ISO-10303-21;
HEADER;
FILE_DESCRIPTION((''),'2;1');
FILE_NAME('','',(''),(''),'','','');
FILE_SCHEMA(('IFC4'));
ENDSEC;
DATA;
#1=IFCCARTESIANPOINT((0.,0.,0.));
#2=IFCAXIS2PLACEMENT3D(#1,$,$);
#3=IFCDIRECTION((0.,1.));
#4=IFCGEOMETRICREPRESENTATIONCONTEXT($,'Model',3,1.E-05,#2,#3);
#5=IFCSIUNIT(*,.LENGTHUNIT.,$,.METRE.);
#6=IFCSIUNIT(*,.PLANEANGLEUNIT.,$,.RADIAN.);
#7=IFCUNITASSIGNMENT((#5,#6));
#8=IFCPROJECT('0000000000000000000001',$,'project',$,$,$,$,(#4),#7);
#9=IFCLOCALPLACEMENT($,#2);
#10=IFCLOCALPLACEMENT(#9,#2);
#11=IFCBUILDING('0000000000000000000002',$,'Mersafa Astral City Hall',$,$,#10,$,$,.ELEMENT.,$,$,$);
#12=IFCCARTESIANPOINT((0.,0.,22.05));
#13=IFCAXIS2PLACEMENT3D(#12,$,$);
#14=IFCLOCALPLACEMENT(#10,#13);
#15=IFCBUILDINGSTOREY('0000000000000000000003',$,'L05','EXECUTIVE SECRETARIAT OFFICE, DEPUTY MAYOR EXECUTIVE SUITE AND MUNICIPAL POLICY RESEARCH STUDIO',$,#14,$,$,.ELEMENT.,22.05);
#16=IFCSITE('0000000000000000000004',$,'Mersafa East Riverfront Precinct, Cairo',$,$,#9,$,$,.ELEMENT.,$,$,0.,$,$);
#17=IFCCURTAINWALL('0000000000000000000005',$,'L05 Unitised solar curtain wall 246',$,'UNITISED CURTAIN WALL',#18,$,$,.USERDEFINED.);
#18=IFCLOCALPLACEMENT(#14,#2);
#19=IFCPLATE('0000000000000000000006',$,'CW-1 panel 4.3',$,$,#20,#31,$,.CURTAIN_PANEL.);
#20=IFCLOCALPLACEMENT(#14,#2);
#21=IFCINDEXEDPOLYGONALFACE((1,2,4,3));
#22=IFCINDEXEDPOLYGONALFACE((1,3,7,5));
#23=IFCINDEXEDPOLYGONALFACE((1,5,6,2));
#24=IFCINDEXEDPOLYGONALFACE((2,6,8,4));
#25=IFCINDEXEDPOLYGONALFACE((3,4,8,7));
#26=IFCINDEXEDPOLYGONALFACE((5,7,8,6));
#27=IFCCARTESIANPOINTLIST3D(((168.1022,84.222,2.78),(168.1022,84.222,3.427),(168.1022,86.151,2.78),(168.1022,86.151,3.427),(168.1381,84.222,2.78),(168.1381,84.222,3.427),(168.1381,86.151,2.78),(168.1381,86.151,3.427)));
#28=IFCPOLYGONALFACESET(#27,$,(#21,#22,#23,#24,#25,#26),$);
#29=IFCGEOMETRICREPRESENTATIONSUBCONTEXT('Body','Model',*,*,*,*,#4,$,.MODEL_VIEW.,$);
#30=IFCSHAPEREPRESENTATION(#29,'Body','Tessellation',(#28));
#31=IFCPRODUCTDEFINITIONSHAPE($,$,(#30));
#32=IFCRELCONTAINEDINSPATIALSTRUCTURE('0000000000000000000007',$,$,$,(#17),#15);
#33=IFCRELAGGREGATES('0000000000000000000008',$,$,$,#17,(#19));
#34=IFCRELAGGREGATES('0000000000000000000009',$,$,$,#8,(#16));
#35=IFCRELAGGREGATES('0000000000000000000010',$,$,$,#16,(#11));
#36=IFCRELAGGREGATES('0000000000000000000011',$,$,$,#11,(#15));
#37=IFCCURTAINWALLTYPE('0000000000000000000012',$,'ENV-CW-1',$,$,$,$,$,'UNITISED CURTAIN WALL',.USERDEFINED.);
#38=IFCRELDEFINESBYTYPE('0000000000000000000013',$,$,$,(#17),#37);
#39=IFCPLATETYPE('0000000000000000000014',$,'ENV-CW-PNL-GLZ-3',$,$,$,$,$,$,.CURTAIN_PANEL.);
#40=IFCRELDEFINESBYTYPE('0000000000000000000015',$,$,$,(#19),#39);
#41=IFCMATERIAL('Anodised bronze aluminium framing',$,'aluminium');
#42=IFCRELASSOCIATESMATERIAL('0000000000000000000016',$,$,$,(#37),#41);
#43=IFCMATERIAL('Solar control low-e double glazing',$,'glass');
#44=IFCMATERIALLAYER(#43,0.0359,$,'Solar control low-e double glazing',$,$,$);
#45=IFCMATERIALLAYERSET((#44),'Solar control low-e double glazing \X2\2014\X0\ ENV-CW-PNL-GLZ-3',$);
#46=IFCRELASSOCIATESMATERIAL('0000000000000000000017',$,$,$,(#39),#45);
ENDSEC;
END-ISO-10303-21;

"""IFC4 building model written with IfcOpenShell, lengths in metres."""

from ifc_helpers import new_model, si_unit, direction, frame, origin, origin_2d, place, context, subcontext, project, spatial, rectangle, extrude, material, layer, layer_set, type_object, element, aggregate, save


model = new_model("IFC4")

# Units and contexts
model_context = context("Model", 3, precision=1e-05, world=origin(), true_north=direction((0.0, 1.0)))
body_context = subcontext(model_context, "Body", "Model", "MODEL_VIEW")
ifc_project = project(units=[si_unit("LENGTHUNIT", "METRE"), si_unit("PLANEANGLEUNIT", "RADIAN")], contexts=[model_context])

# Site, building, storey
site_placement = place(None, origin())
site = spatial("IfcSite", under=ifc_project, at=site_placement, Name="Mersafa East Riverfront Precinct, Cairo", CompositionType="ELEMENT", RefElevation=0.0)
building_placement = place(site_placement, origin())
building = spatial("IfcBuilding", under=site, at=building_placement, Name="Mersafa Astral City Hall", CompositionType="ELEMENT")
storey_placement = place(building_placement, frame((0.0, 0.0, 22.05)))
storey = spatial("IfcBuildingStorey", under=building, at=storey_placement, Name="L05", Description="EXECUTIVE SECRETARIAT OFFICE, DEPUTY MAYOR EXECUTIVE SUITE AND MUNICIPAL POLICY RESEARCH STUDIO", CompositionType="ELEMENT", Elevation=22.05)

# Curtain wall, plate
ifc_material_1 = material(Name="Anodised bronze aluminium framing", Category="aluminium")
curtain_wall_type = type_object("IfcCurtainWallType", Name="ENV-CW-1", ElementType="UNITISED CURTAIN WALL", PredefinedType="USERDEFINED", material=ifc_material_1)
curtain_wall_placement = place(storey_placement, origin())
curtain_wall = element("IfcCurtainWall", 1, at=curtain_wall_placement, inside=storey, type_object=curtain_wall_type, Name="L05 Unitised solar curtain wall 246", ObjectType="UNITISED CURTAIN WALL", PredefinedType="USERDEFINED")
ifc_material_2 = material(Name="Solar control low-e double glazing", Category="glass")
ifc_layer = layer(ifc_material_2, 0.0359, Name="Solar control low-e double glazing")
ifc_layer_set = layer_set([ifc_layer], Name="Solar control low-e double glazing — ENV-CW-PNL-GLZ-3")
plate_type = type_object("IfcPlateType", Name="ENV-CW-PNL-GLZ-3", PredefinedType="CURTAIN_PANEL", material=ifc_layer_set)
plate_1_placement = place(storey_placement, frame((168.1201, 85.1865, 2.78), z_axis=(0.0, 0.0, 1.0), x_axis=(0.0, -1.0, 0.0)))
plate_1 = element("IfcPlate", 2, at=plate_1_placement, type_object=plate_type, Name="CW-1 panel 4.3", PredefinedType="CURTAIN_PANEL", context=body_context, shape_type="SweptSolid", body=[
    extrude(rectangle(XDim=1.929, YDim=0.0359, at=origin_2d()), origin(), (0.0, 0.0, 1.0), 0.647),
])
aggregate(curtain_wall, [plate_1])

save(model, "model.ifc")
